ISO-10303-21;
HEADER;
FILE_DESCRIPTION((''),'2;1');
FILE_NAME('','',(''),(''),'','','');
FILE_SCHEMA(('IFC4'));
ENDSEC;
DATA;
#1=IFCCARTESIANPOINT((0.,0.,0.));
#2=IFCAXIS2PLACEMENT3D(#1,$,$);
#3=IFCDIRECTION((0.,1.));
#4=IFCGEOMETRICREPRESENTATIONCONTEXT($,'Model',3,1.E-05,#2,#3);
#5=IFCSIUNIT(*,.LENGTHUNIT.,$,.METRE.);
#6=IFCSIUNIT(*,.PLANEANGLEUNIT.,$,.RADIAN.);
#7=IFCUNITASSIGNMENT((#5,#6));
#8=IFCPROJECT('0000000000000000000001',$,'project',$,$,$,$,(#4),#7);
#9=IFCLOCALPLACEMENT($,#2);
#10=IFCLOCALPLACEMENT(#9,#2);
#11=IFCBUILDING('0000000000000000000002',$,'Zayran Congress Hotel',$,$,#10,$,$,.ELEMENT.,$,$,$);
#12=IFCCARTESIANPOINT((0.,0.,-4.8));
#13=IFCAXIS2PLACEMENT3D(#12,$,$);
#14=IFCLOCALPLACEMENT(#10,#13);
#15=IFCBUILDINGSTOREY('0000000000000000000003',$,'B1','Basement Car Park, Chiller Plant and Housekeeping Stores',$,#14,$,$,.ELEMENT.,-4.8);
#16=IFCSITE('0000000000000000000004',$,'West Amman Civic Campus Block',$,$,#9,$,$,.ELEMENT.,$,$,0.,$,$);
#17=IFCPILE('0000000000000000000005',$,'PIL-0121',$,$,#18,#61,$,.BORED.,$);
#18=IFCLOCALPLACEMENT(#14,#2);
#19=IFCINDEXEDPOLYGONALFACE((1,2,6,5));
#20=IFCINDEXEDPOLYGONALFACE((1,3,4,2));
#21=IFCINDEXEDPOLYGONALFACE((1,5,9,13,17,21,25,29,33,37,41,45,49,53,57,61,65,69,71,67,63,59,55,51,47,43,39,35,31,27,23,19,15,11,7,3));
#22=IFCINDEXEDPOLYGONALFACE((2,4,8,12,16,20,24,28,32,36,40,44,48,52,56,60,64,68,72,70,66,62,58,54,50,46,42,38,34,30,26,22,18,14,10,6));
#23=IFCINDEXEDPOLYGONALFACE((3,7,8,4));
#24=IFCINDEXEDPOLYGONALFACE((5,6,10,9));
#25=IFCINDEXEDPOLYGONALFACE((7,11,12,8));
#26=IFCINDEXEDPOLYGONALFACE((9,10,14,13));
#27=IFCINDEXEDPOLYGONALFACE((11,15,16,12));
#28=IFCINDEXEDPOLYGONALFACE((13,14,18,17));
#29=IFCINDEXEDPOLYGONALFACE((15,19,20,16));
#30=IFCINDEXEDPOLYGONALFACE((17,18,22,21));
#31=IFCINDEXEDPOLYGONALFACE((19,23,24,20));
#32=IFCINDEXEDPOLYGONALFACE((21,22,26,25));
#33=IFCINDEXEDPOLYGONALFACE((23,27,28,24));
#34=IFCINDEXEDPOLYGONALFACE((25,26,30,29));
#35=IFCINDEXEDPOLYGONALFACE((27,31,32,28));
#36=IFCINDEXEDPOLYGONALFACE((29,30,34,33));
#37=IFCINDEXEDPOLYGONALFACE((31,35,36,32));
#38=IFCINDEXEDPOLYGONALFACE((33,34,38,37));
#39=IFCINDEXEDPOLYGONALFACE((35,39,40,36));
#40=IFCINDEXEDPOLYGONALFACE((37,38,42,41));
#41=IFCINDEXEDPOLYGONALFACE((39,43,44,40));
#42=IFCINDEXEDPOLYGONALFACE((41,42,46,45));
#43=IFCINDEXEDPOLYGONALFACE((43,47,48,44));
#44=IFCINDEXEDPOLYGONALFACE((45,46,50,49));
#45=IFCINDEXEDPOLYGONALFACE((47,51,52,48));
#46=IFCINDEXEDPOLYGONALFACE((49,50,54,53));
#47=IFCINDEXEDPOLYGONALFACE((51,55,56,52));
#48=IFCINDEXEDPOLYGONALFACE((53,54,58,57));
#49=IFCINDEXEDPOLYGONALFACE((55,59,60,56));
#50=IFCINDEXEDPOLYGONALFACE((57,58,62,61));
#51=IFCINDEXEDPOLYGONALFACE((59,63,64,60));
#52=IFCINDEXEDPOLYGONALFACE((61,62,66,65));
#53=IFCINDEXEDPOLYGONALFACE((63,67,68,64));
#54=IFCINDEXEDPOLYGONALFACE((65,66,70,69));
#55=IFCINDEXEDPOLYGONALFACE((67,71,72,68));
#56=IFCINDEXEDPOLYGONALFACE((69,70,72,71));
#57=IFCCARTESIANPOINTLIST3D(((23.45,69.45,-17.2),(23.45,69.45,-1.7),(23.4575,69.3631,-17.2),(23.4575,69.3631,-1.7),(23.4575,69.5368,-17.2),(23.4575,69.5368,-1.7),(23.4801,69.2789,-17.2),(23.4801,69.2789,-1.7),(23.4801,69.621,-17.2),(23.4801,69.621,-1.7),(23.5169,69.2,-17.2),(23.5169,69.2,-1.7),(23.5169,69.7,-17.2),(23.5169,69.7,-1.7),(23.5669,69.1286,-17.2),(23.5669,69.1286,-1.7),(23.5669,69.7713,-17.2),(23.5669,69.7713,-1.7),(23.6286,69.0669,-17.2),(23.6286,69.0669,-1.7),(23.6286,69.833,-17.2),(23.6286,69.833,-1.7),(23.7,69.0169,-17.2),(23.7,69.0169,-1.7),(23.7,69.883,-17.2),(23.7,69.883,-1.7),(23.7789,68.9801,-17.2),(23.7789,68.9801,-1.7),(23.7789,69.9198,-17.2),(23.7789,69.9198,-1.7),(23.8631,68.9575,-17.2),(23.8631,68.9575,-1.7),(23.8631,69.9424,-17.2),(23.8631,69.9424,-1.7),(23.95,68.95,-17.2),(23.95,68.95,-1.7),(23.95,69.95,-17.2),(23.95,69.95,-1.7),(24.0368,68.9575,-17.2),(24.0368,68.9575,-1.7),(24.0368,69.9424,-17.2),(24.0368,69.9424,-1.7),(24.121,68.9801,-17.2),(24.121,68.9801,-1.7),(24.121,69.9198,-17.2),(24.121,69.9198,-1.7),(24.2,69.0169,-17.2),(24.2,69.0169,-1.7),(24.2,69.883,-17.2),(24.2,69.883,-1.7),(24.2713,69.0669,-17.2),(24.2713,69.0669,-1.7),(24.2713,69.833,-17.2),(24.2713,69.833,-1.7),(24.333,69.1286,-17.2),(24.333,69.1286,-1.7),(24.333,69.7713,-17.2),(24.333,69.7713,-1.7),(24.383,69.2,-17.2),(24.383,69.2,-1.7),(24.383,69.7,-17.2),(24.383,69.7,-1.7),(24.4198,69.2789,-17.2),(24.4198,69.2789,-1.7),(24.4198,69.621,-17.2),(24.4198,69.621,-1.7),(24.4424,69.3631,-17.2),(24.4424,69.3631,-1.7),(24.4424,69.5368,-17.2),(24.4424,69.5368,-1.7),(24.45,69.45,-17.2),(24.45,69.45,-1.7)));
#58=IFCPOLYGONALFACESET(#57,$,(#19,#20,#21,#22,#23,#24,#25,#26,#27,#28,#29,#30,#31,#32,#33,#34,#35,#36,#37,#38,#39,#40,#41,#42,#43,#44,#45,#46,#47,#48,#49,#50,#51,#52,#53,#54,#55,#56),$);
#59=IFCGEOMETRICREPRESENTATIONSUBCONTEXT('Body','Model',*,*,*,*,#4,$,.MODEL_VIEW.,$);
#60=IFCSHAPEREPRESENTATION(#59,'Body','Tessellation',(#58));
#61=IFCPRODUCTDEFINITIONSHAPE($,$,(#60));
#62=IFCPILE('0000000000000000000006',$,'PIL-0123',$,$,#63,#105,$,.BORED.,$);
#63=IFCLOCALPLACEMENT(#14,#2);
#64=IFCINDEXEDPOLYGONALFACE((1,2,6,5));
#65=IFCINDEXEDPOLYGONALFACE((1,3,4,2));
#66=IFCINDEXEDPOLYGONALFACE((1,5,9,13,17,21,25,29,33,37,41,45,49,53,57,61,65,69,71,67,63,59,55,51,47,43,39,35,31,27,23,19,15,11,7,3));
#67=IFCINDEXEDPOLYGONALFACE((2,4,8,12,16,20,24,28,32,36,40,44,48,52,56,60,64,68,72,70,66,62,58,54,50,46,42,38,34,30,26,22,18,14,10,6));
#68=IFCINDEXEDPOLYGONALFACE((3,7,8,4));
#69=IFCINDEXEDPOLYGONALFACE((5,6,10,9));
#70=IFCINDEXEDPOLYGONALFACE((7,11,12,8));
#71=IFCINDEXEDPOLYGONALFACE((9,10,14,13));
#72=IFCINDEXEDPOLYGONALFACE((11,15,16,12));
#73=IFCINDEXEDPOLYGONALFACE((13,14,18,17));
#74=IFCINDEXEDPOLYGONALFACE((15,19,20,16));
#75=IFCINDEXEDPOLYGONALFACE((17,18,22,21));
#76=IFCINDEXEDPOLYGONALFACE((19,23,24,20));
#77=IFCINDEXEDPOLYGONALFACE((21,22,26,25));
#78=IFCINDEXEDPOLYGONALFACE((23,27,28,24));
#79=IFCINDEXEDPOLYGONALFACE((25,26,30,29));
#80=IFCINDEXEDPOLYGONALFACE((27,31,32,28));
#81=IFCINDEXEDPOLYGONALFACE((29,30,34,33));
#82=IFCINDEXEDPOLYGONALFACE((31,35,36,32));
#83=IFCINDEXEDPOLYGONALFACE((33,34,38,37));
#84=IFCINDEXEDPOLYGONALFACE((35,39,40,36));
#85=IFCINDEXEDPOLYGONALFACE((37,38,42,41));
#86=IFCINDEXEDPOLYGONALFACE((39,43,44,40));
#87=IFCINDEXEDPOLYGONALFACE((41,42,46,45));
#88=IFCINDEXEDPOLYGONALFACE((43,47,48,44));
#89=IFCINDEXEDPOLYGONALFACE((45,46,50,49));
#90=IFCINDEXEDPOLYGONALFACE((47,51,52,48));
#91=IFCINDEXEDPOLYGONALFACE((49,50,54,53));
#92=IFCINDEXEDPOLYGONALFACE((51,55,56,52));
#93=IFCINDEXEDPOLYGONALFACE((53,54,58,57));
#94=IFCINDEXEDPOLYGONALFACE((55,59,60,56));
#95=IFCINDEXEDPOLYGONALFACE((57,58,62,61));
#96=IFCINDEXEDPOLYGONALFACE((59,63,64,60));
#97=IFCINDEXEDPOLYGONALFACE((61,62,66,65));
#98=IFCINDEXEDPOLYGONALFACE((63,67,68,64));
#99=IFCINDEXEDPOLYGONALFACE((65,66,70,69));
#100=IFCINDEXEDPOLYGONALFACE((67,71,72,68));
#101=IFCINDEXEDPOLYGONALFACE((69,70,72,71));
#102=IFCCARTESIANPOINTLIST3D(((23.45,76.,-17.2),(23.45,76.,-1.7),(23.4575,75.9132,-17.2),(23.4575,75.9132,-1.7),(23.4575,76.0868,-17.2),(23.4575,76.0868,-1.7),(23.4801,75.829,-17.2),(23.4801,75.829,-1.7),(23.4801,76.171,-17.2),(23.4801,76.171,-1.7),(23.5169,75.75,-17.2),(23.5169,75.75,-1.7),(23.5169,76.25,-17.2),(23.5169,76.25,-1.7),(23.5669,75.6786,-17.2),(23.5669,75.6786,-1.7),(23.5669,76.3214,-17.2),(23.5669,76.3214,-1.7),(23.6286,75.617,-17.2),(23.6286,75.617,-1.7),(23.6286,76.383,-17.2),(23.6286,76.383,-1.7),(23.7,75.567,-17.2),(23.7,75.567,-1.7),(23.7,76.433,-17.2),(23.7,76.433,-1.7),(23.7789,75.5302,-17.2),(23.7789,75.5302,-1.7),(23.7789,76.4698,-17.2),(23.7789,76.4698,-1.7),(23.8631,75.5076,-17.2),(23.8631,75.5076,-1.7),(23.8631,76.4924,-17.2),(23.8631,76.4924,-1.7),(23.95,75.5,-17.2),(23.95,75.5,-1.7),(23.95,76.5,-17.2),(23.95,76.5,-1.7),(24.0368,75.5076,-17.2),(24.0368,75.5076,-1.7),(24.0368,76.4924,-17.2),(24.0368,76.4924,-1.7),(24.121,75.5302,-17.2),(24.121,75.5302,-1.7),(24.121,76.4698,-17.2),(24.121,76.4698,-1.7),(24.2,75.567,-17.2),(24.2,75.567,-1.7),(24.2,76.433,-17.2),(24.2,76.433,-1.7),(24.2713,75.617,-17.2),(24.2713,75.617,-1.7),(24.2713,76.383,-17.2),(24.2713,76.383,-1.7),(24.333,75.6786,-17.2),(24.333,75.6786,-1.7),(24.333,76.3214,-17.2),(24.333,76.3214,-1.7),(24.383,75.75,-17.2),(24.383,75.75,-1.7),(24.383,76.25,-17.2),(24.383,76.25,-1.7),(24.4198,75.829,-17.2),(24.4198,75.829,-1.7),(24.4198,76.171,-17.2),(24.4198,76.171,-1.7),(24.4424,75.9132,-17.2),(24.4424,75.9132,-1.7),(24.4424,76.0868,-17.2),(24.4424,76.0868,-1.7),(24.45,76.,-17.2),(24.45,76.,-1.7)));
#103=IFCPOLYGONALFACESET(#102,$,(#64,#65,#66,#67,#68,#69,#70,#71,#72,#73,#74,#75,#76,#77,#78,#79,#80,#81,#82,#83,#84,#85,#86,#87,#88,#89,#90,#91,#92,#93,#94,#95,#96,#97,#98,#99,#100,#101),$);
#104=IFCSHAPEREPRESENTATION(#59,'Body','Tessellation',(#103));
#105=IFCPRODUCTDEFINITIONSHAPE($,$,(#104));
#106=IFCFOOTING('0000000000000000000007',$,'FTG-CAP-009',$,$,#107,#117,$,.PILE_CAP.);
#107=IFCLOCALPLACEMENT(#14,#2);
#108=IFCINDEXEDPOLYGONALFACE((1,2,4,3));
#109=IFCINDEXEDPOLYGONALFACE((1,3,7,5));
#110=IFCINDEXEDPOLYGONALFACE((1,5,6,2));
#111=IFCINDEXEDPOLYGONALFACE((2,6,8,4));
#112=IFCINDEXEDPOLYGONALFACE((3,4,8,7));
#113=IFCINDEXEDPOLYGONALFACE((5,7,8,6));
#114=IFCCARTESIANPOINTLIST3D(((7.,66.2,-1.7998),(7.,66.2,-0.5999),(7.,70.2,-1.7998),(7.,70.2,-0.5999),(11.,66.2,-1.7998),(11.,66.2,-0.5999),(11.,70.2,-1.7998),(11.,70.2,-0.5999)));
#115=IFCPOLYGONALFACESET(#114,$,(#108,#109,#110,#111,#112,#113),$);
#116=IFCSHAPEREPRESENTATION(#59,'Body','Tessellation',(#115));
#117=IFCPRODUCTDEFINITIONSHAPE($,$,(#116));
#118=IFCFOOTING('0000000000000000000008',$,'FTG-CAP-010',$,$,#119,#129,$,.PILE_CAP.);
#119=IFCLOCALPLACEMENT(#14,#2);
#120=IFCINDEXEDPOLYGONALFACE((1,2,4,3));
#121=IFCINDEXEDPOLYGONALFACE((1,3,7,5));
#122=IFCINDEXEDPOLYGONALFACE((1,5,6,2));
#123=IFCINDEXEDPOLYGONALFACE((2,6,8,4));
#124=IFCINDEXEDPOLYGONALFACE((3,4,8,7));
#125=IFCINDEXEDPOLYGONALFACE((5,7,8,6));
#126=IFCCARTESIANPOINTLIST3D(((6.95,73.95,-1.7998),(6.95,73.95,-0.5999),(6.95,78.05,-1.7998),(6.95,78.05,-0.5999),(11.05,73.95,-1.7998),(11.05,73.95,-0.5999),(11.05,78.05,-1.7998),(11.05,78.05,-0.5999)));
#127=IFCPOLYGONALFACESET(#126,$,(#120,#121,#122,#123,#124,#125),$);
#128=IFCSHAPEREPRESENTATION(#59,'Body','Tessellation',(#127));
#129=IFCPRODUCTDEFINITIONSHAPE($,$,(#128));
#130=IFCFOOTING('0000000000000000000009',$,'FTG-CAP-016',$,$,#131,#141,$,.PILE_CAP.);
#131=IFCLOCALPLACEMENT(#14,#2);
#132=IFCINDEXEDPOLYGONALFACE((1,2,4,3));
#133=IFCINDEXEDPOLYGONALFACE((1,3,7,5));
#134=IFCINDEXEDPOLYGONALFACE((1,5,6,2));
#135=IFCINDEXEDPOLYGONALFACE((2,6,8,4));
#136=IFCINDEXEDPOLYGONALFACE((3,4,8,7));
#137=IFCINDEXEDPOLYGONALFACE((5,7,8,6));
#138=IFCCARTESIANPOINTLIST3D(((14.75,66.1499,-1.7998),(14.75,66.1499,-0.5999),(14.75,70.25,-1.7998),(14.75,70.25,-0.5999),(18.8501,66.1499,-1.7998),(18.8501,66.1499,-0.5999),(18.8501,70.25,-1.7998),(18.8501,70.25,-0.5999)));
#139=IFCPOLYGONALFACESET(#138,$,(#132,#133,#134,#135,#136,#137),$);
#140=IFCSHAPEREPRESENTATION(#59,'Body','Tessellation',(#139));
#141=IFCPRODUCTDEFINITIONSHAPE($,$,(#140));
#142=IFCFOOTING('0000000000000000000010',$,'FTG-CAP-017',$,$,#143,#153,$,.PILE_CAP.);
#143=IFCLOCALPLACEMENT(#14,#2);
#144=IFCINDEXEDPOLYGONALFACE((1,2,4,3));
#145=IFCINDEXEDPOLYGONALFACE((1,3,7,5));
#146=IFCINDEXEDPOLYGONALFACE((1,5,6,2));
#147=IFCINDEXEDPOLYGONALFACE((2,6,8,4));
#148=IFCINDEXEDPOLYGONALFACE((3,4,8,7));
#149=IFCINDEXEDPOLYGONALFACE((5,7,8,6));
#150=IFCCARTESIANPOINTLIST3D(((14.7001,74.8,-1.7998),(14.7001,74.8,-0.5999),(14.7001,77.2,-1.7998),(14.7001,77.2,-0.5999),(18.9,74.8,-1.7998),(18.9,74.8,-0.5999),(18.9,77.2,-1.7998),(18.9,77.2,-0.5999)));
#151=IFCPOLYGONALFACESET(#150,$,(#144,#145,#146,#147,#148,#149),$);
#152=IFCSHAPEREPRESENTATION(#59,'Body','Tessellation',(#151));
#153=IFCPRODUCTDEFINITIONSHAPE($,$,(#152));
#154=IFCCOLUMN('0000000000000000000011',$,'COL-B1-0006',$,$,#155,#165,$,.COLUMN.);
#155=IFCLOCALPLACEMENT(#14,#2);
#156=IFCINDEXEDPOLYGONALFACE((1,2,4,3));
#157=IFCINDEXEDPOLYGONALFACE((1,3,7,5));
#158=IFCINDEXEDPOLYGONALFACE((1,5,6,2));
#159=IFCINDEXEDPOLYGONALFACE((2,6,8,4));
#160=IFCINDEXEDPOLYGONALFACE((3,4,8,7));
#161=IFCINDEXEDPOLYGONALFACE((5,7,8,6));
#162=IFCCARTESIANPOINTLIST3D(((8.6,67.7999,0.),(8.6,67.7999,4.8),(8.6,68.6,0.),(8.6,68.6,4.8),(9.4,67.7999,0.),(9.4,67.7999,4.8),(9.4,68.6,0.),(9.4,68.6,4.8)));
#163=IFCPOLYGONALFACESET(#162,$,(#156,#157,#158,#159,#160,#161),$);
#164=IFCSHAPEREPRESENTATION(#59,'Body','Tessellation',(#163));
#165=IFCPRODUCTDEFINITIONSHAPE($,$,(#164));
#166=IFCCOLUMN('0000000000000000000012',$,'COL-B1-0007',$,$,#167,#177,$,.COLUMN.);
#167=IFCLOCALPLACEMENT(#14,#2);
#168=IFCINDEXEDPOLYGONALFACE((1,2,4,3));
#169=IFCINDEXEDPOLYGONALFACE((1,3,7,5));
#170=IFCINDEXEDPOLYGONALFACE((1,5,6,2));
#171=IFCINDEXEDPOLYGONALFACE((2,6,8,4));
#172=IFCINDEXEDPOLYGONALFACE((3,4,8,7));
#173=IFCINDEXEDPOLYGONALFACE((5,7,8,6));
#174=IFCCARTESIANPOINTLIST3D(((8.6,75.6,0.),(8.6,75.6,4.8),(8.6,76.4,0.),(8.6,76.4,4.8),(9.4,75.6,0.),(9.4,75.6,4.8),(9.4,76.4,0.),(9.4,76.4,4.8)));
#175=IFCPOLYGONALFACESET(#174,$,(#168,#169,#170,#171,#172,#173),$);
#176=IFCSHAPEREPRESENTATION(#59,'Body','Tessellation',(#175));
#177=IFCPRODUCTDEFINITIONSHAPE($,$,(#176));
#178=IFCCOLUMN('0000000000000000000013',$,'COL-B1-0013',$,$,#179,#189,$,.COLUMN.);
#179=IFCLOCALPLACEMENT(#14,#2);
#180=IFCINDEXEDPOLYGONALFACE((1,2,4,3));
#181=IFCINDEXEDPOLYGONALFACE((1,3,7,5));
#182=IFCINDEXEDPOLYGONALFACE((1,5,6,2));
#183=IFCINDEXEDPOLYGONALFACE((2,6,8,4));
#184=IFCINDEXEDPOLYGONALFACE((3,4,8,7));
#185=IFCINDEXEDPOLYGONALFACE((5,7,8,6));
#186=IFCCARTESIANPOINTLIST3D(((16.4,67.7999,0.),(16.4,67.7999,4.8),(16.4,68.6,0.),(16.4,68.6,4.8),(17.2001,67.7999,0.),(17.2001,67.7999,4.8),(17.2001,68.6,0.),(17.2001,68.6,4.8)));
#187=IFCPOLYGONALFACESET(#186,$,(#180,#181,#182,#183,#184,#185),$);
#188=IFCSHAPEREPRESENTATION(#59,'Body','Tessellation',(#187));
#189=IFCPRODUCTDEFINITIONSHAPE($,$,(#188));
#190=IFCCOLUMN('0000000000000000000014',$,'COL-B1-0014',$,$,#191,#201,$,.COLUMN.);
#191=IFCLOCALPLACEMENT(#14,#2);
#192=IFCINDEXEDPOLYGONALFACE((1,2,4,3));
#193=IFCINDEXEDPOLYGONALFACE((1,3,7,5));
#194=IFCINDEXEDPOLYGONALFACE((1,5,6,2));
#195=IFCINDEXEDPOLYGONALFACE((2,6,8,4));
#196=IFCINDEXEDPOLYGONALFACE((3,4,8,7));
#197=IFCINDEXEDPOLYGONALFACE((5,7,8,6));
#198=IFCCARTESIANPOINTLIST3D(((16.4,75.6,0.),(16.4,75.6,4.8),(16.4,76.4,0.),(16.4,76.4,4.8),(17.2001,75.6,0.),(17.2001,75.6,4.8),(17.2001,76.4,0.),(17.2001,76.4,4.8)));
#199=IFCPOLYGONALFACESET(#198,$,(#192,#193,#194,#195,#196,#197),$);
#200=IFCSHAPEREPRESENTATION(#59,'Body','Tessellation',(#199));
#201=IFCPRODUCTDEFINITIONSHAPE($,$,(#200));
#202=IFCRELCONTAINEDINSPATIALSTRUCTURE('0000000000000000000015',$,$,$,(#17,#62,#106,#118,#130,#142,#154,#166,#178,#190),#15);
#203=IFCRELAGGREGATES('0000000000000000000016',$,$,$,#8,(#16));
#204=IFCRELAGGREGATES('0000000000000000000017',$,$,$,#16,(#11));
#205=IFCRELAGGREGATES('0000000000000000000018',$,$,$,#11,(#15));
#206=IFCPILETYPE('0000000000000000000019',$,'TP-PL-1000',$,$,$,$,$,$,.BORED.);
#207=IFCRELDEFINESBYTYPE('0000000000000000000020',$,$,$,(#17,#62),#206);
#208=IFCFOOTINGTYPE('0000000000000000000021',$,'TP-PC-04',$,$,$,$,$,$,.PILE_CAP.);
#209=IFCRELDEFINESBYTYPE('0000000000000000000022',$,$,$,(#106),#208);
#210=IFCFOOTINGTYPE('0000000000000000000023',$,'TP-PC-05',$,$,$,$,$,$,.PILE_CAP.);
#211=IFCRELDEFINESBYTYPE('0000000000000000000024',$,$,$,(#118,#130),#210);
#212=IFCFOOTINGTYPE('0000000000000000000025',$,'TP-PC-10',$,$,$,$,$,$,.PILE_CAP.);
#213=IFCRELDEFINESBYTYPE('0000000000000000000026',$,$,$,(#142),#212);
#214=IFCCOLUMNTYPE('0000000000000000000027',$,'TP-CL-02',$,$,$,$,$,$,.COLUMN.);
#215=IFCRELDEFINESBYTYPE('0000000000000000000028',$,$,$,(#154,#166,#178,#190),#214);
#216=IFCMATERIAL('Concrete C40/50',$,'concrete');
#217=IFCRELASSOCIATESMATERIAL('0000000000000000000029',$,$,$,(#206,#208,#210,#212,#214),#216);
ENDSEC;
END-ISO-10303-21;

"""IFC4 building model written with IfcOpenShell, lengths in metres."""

from ifc_helpers import new_model, si_unit, direction, frame, origin, origin_2d, place, context, subcontext, project, spatial, rectangle, circle, extrude, material, material_profile, profile_set, type_object, element, save


model = new_model("IFC4")

# Units and contexts
model_context = context("Model", 3, precision=1e-05, world=origin(), true_north=direction((0.0, 1.0)))
body_context = subcontext(model_context, "Body", "Model", "MODEL_VIEW")
ifc_project = project(units=[si_unit("LENGTHUNIT", "METRE"), si_unit("PLANEANGLEUNIT", "RADIAN")], contexts=[model_context])

# Site, building, storey
site_placement = place(None, origin())
site = spatial("IfcSite", under=ifc_project, at=site_placement, Name="West Amman Civic Campus Block", CompositionType="ELEMENT", RefElevation=0.0)
building_placement = place(site_placement, origin())
building = spatial("IfcBuilding", under=site, at=building_placement, Name="Zayran Congress Hotel", CompositionType="ELEMENT")
storey_placement = place(building_placement, frame((0.0, 0.0, -4.8)))
storey = spatial("IfcBuildingStorey", under=building, at=storey_placement, Name="B1", Description="Basement Car Park, Chiller Plant and Housekeeping Stores", CompositionType="ELEMENT", Elevation=-4.8)

# Piles
ifc_material = material(Name="Concrete C40/50", Category="concrete")
ifc_material_profile_1 = material_profile(ifc_material, circle(Radius=0.5, at=origin_2d()), Name="PILE D1000")
ifc_profile_set_1 = profile_set([ifc_material_profile_1], Name="Concrete C40/50")
pile_type = type_object("IfcPileType", Name="TP-PL-1000", PredefinedType="BORED", material=ifc_profile_set_1)
for number, where, z_axis, x_axis, name in (
    (1, (23.95, 69.45, -1.7), (0.0, 0.0, -1.0), (1.0, 0.0, 0.0), "PIL-0121"),
    (2, (23.95, 76.0, -1.7), (0.0, 0.0, -1.0), (1.0, 0.0, 0.0), "PIL-0123"),
):
    element("IfcPile", number, at=place(storey_placement, frame(where, z_axis=z_axis, x_axis=x_axis)), inside=storey, type_object=pile_type, Name=name, PredefinedType="BORED", context=body_context, shape_type="SweptSolid", body=[
        extrude(circle(Radius=0.5, at=origin_2d()), origin(), (0.0, 0.0, 1.0), 15.5),
    ])

# Footings
footing_type_1 = type_object("IfcFootingType", Name="TP-PC-04", PredefinedType="PILE_CAP", material=ifc_material)
footing_1_placement = place(storey_placement, frame((9.0, 68.2, -1.7998), z_axis=(0.0, 0.0, 1.0), x_axis=(1.0, 0.0, 0.0)))
element("IfcFooting", 3, at=footing_1_placement, inside=storey, type_object=footing_type_1, Name="FTG-CAP-009", PredefinedType="PILE_CAP", context=body_context, shape_type="SweptSolid", body=[
    extrude(rectangle(XDim=4.0, YDim=4.0, at=origin_2d()), origin(), (0.0, 0.0, 1.0), 1.2),
])
footing_type_2 = type_object("IfcFootingType", Name="TP-PC-05", PredefinedType="PILE_CAP", material=ifc_material)
for number, where, z_axis, x_axis, name in (
    (4, (9.0, 76.0, -1.7998), (0.0, 0.0, 1.0), (1.0, 0.0, 0.0), "FTG-CAP-010"),
    (5, (16.8, 68.2, -1.7998), (0.0, 0.0, 1.0), (1.0, 0.0, 0.0), "FTG-CAP-016"),
):
    element("IfcFooting", number, at=place(storey_placement, frame(where, z_axis=z_axis, x_axis=x_axis)), inside=storey, type_object=footing_type_2, Name=name, PredefinedType="PILE_CAP", context=body_context, shape_type="SweptSolid", body=[
        extrude(rectangle(XDim=4.1001, YDim=4.1001, at=origin_2d()), origin(), (0.0, 0.0, 1.0), 1.2),
    ])
footing_type_3 = type_object("IfcFootingType", Name="TP-PC-10", PredefinedType="PILE_CAP", material=ifc_material)
footing_2_placement = place(storey_placement, frame((16.8, 76.0, -1.7998), z_axis=(0.0, 0.0, 1.0), x_axis=(1.0, 0.0, 0.0)))
element("IfcFooting", 6, at=footing_2_placement, inside=storey, type_object=footing_type_3, Name="FTG-CAP-017", PredefinedType="PILE_CAP", context=body_context, shape_type="SweptSolid", body=[
    extrude(rectangle(XDim=4.2, YDim=2.3999, at=origin_2d()), origin(), (0.0, 0.0, 1.0), 1.2),
])

# Columns
ifc_material_profile_2 = material_profile(ifc_material, rectangle(XDim=0.8, YDim=0.8, at=origin_2d()), Name="RC 800x800")
ifc_profile_set_2 = profile_set([ifc_material_profile_2], Name="Concrete C40/50")
column_type = type_object("IfcColumnType", Name="TP-CL-02", PredefinedType="COLUMN", material=ifc_profile_set_2)
for number, where, z_axis, x_axis, name in (
    (7, (9.0, 68.2, 0.0), (0.0, 0.0, 1.0), (1.0, 0.0, 0.0), "COL-B1-0006"),
    (8, (9.0, 76.0, 0.0), (0.0, 0.0, 1.0), (1.0, 0.0, 0.0), "COL-B1-0007"),
    (9, (16.8, 68.2, 0.0), (0.0, 0.0, 1.0), (1.0, 0.0, 0.0), "COL-B1-0013"),
    (10, (16.8, 76.0, 0.0), (0.0, 0.0, 1.0), (1.0, 0.0, 0.0), "COL-B1-0014"),
):
    element("IfcColumn", number, at=place(storey_placement, frame(where, z_axis=z_axis, x_axis=x_axis)), inside=storey, type_object=column_type, Name=name, PredefinedType="COLUMN", context=body_context, shape_type="SweptSolid", body=[
        extrude(rectangle(XDim=0.8, YDim=0.8, at=origin_2d()), origin(), (0.0, 0.0, 1.0), 4.8),
    ])

save(model, "model.ifc")
